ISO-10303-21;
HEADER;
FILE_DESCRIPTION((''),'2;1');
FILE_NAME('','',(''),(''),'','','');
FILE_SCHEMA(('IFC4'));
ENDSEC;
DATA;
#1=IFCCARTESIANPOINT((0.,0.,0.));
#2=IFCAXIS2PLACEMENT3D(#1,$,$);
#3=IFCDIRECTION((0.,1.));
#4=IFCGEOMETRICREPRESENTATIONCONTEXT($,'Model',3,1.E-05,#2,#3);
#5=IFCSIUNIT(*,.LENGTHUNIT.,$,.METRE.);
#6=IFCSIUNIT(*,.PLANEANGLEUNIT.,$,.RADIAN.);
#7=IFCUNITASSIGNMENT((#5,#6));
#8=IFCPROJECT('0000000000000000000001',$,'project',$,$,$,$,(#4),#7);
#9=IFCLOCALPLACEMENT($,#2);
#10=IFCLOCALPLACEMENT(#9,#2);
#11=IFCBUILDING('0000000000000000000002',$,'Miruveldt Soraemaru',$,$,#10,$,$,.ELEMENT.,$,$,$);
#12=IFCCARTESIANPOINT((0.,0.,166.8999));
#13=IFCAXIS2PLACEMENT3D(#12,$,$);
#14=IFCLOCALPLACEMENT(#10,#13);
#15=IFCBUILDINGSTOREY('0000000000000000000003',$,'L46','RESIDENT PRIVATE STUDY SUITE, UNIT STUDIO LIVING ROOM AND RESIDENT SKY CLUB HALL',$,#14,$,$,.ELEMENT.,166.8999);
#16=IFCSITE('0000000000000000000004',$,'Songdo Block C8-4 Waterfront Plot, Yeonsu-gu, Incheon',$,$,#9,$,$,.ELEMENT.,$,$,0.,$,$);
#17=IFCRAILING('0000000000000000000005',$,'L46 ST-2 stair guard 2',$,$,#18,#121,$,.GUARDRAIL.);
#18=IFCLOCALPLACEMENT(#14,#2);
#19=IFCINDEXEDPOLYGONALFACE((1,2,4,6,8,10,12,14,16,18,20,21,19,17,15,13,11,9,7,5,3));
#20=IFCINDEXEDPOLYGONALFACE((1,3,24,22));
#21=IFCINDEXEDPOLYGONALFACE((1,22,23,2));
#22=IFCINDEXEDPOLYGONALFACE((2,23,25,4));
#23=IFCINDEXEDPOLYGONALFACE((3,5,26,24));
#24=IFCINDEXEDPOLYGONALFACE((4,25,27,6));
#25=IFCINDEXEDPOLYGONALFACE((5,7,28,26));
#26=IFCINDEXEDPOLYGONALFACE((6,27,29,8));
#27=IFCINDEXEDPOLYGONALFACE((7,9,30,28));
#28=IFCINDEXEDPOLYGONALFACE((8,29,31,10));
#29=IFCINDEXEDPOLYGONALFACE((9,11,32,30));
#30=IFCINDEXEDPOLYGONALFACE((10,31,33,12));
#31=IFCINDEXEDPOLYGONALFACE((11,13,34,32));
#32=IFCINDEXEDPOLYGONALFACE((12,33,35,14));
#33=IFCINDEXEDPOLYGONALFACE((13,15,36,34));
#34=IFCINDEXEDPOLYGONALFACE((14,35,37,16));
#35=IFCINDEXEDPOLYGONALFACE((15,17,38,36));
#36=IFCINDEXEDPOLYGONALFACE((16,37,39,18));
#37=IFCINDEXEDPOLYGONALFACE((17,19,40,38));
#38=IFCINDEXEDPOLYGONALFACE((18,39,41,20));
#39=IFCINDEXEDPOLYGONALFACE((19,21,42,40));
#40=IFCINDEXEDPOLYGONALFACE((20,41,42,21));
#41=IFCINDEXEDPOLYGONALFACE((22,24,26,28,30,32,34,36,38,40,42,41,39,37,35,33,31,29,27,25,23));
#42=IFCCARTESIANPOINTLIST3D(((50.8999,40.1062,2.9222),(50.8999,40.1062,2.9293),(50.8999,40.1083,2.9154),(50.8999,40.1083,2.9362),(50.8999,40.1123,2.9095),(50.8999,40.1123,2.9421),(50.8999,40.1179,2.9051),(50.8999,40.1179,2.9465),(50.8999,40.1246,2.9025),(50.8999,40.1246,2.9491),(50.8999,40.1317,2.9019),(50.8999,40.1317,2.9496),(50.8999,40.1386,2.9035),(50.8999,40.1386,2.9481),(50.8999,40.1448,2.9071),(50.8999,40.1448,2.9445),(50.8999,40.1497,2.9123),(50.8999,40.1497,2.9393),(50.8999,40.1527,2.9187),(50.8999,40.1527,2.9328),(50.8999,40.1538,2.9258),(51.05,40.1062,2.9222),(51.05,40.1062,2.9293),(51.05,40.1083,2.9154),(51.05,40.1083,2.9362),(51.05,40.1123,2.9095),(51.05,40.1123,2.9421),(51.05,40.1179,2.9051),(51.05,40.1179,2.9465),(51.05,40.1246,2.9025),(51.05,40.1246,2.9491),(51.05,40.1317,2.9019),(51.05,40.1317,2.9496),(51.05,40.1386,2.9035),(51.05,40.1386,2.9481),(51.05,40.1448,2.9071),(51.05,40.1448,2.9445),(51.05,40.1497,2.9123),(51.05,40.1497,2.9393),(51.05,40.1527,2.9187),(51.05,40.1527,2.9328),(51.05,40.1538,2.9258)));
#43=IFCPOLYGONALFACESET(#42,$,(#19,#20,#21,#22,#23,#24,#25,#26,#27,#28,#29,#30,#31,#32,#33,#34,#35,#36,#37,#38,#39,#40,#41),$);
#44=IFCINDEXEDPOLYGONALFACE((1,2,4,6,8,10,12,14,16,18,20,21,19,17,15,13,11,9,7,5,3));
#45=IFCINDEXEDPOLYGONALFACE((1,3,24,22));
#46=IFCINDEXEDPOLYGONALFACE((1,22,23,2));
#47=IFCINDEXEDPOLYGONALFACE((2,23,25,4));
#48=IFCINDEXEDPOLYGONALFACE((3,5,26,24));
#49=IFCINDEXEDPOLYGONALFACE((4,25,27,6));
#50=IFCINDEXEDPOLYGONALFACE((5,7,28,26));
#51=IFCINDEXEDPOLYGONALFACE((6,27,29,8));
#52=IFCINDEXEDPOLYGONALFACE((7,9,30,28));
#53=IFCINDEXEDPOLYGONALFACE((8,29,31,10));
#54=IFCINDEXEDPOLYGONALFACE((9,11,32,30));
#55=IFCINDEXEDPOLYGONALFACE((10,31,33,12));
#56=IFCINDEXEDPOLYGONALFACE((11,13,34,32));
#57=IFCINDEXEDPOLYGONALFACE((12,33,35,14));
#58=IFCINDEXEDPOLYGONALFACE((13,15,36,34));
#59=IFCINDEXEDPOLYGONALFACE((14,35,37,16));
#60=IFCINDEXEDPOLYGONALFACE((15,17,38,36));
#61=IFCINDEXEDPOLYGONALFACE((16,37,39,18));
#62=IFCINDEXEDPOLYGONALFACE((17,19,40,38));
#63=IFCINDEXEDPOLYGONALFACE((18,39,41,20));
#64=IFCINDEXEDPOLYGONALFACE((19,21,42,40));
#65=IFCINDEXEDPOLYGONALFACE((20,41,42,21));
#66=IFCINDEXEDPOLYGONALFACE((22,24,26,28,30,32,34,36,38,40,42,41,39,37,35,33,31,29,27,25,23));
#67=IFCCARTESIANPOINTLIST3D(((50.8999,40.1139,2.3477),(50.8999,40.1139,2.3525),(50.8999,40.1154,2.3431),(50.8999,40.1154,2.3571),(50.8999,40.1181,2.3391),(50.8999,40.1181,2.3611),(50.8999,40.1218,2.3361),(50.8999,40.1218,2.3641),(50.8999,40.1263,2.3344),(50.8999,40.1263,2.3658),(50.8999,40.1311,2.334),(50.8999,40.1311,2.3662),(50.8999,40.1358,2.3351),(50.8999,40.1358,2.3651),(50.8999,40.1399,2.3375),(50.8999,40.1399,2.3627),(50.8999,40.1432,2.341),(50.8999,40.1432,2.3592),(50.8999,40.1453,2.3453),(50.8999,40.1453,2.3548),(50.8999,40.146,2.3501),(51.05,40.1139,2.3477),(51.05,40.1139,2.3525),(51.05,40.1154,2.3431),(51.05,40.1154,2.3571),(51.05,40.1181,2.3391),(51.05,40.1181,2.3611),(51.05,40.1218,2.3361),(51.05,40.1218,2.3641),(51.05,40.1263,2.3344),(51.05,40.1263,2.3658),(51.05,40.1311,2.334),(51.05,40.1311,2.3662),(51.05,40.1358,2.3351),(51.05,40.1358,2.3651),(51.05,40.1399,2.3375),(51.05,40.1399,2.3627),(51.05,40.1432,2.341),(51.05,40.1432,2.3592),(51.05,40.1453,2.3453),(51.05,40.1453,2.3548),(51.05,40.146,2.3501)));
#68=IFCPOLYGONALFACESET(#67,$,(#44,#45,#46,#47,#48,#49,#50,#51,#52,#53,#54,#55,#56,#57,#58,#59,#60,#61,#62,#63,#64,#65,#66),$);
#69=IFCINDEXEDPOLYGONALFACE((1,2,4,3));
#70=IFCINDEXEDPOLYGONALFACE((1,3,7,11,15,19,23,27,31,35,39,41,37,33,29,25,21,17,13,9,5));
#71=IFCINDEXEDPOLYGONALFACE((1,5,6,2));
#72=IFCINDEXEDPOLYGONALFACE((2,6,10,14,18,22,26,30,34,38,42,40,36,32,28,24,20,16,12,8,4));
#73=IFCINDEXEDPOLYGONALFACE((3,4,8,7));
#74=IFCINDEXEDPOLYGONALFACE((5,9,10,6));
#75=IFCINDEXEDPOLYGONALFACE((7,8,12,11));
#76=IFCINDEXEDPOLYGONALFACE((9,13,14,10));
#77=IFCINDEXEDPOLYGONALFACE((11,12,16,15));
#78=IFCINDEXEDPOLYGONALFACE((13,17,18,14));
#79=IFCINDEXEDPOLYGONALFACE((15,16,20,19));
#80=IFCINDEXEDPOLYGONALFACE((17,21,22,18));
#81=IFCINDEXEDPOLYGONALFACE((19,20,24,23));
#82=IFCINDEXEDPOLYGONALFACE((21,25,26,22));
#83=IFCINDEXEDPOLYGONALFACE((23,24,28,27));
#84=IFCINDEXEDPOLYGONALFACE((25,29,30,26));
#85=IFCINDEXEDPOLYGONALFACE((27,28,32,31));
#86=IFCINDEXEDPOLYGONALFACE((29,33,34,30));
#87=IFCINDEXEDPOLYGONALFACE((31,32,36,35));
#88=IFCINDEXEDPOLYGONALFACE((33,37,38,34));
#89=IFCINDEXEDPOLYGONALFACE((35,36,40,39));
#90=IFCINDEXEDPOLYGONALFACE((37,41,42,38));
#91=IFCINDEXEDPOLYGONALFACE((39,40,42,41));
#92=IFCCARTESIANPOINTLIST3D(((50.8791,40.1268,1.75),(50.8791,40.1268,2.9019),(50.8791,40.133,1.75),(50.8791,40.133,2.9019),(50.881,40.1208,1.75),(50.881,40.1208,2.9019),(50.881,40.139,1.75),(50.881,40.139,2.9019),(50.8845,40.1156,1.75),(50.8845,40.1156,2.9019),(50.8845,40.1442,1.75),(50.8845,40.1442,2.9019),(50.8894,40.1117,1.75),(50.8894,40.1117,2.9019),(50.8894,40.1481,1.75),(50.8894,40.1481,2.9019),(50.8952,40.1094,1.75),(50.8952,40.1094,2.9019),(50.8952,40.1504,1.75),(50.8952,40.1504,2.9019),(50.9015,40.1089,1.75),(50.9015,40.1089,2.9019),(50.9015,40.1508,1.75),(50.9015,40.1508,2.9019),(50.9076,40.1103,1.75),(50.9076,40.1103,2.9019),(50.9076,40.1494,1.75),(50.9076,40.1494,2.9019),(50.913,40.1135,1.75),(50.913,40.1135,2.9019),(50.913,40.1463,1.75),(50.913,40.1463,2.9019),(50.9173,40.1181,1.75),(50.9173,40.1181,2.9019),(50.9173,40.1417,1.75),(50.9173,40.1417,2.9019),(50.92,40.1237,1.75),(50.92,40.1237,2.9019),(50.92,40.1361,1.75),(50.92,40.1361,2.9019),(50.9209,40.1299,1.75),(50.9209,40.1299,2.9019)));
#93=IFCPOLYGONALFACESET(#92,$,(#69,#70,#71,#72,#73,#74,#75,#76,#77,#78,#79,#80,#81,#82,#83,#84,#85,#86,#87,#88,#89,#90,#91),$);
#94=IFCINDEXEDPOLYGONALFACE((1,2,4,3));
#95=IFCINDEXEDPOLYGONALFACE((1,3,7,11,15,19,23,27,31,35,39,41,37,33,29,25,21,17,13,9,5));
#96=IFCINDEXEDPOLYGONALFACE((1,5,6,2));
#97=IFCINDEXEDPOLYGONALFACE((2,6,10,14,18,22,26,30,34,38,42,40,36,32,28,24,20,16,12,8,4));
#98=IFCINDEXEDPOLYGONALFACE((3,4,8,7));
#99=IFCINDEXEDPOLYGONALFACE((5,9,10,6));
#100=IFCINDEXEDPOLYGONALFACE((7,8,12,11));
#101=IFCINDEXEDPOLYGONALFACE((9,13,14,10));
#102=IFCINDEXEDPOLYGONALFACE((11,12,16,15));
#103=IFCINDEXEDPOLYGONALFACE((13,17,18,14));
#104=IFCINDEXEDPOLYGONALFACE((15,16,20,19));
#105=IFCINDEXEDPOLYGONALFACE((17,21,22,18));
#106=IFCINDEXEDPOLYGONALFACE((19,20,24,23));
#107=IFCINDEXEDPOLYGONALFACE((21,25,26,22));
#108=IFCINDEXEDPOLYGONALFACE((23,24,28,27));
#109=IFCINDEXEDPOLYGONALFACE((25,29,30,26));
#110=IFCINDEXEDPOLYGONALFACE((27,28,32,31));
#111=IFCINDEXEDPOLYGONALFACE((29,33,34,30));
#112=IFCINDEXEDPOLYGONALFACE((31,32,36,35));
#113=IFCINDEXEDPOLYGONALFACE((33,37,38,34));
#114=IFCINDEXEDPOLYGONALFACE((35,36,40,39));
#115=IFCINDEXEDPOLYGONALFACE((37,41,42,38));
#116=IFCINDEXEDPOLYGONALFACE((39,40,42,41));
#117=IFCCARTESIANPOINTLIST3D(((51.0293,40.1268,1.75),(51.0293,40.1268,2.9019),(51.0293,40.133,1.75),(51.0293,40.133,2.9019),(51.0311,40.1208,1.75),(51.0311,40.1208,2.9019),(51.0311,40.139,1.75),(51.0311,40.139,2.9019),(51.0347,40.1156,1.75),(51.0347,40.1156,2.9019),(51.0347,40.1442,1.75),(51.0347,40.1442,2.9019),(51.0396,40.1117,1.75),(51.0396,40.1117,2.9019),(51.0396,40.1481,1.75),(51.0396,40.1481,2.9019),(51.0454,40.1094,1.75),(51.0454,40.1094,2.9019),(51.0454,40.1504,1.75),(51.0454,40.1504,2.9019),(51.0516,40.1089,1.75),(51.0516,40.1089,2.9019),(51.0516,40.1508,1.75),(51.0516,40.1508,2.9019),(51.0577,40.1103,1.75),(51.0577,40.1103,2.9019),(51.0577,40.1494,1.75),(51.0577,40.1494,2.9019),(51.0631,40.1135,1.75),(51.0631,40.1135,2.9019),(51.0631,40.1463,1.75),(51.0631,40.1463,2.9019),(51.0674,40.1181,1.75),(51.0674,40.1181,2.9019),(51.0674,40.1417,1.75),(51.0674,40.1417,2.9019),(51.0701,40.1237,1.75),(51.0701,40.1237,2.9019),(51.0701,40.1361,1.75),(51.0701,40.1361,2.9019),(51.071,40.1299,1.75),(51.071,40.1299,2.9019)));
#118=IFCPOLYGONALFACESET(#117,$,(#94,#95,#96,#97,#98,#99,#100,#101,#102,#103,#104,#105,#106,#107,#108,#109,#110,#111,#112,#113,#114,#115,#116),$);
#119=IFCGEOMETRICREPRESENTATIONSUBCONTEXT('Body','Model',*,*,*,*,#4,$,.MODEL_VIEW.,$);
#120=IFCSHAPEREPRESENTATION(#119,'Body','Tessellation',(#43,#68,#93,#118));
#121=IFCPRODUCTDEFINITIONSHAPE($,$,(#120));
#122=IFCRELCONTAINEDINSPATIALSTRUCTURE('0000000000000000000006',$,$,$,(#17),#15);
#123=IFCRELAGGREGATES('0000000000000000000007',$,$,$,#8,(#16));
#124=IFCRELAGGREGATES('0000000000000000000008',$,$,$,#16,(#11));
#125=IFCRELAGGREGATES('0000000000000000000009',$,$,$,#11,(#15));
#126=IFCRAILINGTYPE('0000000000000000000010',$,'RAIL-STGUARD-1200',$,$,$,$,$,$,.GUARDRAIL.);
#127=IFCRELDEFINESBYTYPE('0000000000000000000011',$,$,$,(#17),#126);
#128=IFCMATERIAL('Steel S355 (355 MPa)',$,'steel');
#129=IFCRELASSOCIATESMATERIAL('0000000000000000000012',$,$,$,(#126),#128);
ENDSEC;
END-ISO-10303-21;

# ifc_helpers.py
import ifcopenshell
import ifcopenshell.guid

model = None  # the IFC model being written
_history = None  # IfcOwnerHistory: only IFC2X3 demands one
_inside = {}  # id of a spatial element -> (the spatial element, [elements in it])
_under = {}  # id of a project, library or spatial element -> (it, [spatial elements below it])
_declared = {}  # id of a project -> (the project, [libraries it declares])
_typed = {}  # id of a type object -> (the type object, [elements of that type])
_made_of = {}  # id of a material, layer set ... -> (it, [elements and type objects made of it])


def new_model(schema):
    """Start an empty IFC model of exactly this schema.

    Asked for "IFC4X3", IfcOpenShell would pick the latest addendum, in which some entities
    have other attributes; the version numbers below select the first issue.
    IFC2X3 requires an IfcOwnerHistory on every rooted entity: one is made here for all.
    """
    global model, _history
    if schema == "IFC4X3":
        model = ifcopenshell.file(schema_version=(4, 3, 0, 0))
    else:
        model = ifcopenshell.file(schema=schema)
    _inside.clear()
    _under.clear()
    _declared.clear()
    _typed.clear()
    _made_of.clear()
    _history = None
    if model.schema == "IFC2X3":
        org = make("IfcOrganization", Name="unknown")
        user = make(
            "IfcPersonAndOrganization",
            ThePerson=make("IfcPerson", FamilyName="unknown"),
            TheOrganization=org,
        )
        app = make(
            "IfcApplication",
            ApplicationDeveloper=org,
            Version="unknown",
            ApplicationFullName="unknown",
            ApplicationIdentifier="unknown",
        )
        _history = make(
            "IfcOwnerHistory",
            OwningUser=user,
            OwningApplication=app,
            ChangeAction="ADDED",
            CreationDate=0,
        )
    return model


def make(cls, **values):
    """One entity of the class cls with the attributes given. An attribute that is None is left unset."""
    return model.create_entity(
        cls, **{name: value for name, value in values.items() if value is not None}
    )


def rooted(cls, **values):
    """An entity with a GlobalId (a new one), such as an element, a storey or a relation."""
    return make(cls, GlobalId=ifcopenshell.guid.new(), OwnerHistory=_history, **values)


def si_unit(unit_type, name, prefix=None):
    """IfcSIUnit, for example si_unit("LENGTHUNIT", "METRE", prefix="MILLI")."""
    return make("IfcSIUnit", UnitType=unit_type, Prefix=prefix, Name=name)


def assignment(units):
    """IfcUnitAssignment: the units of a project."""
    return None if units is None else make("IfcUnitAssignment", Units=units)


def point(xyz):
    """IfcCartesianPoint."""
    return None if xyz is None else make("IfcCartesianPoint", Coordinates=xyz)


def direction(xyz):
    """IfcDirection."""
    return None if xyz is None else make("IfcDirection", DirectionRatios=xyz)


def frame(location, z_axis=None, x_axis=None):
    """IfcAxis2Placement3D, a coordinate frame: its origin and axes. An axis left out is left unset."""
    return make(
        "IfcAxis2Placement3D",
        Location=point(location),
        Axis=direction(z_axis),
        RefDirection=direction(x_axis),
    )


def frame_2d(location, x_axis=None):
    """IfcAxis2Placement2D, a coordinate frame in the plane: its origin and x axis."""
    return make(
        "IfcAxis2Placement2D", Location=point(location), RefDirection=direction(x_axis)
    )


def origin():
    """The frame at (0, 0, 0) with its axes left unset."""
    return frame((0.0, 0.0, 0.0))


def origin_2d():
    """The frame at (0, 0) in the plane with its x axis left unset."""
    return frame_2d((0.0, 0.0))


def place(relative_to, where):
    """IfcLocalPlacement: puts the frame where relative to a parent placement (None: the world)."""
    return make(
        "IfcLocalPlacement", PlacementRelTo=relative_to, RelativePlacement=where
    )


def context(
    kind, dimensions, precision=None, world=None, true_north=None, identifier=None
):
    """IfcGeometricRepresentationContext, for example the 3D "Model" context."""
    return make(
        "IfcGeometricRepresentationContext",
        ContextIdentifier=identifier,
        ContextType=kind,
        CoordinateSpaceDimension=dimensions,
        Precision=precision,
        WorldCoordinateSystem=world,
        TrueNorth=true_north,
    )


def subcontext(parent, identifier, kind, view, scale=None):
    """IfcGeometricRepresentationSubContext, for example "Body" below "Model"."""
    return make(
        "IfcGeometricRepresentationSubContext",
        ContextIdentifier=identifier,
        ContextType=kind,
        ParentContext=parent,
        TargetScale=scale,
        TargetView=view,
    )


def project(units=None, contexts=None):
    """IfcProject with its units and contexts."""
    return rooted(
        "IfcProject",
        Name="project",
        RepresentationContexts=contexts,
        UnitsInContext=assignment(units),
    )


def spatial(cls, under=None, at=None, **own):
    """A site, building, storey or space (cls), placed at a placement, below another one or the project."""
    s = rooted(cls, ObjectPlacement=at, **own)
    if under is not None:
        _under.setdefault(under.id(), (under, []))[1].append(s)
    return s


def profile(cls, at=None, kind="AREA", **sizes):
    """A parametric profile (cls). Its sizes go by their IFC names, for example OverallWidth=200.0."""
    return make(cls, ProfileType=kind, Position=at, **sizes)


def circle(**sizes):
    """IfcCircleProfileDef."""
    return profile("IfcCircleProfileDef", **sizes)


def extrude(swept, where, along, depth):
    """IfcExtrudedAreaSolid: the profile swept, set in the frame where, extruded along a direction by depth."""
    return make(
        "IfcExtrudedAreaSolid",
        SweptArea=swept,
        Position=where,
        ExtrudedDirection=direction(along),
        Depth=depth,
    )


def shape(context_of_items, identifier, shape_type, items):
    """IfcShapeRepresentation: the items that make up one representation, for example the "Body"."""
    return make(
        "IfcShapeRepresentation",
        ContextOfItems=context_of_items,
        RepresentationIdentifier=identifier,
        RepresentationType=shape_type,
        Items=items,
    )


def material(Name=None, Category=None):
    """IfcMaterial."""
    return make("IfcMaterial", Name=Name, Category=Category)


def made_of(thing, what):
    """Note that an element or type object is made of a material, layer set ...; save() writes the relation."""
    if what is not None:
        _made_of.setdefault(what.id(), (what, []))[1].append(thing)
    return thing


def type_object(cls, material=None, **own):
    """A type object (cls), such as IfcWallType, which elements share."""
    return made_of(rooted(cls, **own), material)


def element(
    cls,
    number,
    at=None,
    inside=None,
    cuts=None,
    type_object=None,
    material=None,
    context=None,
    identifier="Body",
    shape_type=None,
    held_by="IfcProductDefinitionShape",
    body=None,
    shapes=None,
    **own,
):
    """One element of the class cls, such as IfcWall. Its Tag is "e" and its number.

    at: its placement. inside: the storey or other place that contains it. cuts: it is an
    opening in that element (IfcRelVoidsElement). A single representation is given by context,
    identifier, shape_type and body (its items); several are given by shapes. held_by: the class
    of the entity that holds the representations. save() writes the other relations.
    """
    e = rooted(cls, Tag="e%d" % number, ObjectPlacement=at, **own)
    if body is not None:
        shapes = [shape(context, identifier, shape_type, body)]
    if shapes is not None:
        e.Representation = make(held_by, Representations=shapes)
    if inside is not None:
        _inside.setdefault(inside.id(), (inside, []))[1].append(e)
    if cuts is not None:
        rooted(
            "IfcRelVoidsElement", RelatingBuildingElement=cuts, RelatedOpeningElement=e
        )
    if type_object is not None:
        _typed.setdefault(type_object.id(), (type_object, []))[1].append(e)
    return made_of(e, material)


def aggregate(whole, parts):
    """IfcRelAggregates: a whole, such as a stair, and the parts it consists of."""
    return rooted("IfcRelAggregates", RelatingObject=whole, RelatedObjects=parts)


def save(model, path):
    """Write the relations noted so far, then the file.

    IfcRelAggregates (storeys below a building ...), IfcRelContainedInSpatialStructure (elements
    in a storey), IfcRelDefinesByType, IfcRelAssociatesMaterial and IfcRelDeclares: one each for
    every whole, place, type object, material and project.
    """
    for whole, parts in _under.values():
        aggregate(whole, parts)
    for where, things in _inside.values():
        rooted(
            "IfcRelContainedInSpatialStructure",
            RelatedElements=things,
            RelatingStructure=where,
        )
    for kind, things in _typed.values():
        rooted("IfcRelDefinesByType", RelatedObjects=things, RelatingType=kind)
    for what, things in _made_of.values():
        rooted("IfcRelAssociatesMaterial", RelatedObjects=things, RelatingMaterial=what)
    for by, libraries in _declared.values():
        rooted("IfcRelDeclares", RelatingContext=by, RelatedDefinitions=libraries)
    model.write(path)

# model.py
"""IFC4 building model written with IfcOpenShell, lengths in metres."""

from ifc_helpers import new_model, si_unit, direction, frame, origin, origin_2d, place, context, subcontext, project, spatial, circle, extrude, material, type_object, element, save


model = new_model("IFC4")

# Units and contexts
model_context = context("Model", 3, precision=1e-05, world=origin(), true_north=direction((0.0, 1.0)))
body_context = subcontext(model_context, "Body", "Model", "MODEL_VIEW")
ifc_project = project(units=[si_unit("LENGTHUNIT", "METRE"), si_unit("PLANEANGLEUNIT", "RADIAN")], contexts=[model_context])

# Site, building, storey
site_placement = place(None, origin())
site = spatial("IfcSite", under=ifc_project, at=site_placement, Name="Songdo Block C8-4 Waterfront Plot, Yeonsu-gu, Incheon", CompositionType="ELEMENT", RefElevation=0.0)
building_placement = place(site_placement, origin())
building = spatial("IfcBuilding", under=site, at=building_placement, Name="Miruveldt Soraemaru", CompositionType="ELEMENT")
storey_placement = place(building_placement, frame((0.0, 0.0, 166.8999)))
storey = spatial("IfcBuildingStorey", under=building, at=storey_placement, Name="L46", Description="RESIDENT PRIVATE STUDY SUITE, UNIT STUDIO LIVING ROOM AND RESIDENT SKY CLUB HALL", CompositionType="ELEMENT", Elevation=166.8999)

# Railing
ifc_material_1 = material(Name="Steel S355 (355 MPa)", Category="steel")
railing_type_1 = type_object("IfcRailingType", Name="RAIL-STGUARD-1200", PredefinedType="GUARDRAIL", material=ifc_material_1)
railing_1_placement = place(storey_placement, frame((50.8999, 40.1299, 1.75)))
element("IfcRailing", 1, at=railing_1_placement, inside=storey, type_object=railing_type_1, Name="L46 ST-2 stair guard 2", PredefinedType="GUARDRAIL", context=body_context, shape_type="SweptSolid", body=[
    extrude(circle(Radius=0.0239, at=origin_2d()), frame((0.0, 0.0, 1.1758), z_axis=(1.0, 0.0, 0.0), x_axis=(0.0, 1.0, 0.0)), (0.0, 0.0, 1.0), 0.1501),
    extrude(circle(Radius=0.0161, at=origin_2d()), frame((0.0, 0.0, 0.6001), z_axis=(1.0, 0.0, 0.0), x_axis=(0.0, 1.0, 0.0)), (0.0, 0.0, 1.0), 0.1501),
    extrude(circle(Radius=0.021, at=origin_2d()), origin(), (0.0, 0.0, 1.0), 1.1519),
    extrude(circle(Radius=0.021, at=origin_2d()), frame((0.1501, 0.0, 0.0)), (0.0, 0.0, 1.0), 1.1519),
])

save(model, "model.ifc")
